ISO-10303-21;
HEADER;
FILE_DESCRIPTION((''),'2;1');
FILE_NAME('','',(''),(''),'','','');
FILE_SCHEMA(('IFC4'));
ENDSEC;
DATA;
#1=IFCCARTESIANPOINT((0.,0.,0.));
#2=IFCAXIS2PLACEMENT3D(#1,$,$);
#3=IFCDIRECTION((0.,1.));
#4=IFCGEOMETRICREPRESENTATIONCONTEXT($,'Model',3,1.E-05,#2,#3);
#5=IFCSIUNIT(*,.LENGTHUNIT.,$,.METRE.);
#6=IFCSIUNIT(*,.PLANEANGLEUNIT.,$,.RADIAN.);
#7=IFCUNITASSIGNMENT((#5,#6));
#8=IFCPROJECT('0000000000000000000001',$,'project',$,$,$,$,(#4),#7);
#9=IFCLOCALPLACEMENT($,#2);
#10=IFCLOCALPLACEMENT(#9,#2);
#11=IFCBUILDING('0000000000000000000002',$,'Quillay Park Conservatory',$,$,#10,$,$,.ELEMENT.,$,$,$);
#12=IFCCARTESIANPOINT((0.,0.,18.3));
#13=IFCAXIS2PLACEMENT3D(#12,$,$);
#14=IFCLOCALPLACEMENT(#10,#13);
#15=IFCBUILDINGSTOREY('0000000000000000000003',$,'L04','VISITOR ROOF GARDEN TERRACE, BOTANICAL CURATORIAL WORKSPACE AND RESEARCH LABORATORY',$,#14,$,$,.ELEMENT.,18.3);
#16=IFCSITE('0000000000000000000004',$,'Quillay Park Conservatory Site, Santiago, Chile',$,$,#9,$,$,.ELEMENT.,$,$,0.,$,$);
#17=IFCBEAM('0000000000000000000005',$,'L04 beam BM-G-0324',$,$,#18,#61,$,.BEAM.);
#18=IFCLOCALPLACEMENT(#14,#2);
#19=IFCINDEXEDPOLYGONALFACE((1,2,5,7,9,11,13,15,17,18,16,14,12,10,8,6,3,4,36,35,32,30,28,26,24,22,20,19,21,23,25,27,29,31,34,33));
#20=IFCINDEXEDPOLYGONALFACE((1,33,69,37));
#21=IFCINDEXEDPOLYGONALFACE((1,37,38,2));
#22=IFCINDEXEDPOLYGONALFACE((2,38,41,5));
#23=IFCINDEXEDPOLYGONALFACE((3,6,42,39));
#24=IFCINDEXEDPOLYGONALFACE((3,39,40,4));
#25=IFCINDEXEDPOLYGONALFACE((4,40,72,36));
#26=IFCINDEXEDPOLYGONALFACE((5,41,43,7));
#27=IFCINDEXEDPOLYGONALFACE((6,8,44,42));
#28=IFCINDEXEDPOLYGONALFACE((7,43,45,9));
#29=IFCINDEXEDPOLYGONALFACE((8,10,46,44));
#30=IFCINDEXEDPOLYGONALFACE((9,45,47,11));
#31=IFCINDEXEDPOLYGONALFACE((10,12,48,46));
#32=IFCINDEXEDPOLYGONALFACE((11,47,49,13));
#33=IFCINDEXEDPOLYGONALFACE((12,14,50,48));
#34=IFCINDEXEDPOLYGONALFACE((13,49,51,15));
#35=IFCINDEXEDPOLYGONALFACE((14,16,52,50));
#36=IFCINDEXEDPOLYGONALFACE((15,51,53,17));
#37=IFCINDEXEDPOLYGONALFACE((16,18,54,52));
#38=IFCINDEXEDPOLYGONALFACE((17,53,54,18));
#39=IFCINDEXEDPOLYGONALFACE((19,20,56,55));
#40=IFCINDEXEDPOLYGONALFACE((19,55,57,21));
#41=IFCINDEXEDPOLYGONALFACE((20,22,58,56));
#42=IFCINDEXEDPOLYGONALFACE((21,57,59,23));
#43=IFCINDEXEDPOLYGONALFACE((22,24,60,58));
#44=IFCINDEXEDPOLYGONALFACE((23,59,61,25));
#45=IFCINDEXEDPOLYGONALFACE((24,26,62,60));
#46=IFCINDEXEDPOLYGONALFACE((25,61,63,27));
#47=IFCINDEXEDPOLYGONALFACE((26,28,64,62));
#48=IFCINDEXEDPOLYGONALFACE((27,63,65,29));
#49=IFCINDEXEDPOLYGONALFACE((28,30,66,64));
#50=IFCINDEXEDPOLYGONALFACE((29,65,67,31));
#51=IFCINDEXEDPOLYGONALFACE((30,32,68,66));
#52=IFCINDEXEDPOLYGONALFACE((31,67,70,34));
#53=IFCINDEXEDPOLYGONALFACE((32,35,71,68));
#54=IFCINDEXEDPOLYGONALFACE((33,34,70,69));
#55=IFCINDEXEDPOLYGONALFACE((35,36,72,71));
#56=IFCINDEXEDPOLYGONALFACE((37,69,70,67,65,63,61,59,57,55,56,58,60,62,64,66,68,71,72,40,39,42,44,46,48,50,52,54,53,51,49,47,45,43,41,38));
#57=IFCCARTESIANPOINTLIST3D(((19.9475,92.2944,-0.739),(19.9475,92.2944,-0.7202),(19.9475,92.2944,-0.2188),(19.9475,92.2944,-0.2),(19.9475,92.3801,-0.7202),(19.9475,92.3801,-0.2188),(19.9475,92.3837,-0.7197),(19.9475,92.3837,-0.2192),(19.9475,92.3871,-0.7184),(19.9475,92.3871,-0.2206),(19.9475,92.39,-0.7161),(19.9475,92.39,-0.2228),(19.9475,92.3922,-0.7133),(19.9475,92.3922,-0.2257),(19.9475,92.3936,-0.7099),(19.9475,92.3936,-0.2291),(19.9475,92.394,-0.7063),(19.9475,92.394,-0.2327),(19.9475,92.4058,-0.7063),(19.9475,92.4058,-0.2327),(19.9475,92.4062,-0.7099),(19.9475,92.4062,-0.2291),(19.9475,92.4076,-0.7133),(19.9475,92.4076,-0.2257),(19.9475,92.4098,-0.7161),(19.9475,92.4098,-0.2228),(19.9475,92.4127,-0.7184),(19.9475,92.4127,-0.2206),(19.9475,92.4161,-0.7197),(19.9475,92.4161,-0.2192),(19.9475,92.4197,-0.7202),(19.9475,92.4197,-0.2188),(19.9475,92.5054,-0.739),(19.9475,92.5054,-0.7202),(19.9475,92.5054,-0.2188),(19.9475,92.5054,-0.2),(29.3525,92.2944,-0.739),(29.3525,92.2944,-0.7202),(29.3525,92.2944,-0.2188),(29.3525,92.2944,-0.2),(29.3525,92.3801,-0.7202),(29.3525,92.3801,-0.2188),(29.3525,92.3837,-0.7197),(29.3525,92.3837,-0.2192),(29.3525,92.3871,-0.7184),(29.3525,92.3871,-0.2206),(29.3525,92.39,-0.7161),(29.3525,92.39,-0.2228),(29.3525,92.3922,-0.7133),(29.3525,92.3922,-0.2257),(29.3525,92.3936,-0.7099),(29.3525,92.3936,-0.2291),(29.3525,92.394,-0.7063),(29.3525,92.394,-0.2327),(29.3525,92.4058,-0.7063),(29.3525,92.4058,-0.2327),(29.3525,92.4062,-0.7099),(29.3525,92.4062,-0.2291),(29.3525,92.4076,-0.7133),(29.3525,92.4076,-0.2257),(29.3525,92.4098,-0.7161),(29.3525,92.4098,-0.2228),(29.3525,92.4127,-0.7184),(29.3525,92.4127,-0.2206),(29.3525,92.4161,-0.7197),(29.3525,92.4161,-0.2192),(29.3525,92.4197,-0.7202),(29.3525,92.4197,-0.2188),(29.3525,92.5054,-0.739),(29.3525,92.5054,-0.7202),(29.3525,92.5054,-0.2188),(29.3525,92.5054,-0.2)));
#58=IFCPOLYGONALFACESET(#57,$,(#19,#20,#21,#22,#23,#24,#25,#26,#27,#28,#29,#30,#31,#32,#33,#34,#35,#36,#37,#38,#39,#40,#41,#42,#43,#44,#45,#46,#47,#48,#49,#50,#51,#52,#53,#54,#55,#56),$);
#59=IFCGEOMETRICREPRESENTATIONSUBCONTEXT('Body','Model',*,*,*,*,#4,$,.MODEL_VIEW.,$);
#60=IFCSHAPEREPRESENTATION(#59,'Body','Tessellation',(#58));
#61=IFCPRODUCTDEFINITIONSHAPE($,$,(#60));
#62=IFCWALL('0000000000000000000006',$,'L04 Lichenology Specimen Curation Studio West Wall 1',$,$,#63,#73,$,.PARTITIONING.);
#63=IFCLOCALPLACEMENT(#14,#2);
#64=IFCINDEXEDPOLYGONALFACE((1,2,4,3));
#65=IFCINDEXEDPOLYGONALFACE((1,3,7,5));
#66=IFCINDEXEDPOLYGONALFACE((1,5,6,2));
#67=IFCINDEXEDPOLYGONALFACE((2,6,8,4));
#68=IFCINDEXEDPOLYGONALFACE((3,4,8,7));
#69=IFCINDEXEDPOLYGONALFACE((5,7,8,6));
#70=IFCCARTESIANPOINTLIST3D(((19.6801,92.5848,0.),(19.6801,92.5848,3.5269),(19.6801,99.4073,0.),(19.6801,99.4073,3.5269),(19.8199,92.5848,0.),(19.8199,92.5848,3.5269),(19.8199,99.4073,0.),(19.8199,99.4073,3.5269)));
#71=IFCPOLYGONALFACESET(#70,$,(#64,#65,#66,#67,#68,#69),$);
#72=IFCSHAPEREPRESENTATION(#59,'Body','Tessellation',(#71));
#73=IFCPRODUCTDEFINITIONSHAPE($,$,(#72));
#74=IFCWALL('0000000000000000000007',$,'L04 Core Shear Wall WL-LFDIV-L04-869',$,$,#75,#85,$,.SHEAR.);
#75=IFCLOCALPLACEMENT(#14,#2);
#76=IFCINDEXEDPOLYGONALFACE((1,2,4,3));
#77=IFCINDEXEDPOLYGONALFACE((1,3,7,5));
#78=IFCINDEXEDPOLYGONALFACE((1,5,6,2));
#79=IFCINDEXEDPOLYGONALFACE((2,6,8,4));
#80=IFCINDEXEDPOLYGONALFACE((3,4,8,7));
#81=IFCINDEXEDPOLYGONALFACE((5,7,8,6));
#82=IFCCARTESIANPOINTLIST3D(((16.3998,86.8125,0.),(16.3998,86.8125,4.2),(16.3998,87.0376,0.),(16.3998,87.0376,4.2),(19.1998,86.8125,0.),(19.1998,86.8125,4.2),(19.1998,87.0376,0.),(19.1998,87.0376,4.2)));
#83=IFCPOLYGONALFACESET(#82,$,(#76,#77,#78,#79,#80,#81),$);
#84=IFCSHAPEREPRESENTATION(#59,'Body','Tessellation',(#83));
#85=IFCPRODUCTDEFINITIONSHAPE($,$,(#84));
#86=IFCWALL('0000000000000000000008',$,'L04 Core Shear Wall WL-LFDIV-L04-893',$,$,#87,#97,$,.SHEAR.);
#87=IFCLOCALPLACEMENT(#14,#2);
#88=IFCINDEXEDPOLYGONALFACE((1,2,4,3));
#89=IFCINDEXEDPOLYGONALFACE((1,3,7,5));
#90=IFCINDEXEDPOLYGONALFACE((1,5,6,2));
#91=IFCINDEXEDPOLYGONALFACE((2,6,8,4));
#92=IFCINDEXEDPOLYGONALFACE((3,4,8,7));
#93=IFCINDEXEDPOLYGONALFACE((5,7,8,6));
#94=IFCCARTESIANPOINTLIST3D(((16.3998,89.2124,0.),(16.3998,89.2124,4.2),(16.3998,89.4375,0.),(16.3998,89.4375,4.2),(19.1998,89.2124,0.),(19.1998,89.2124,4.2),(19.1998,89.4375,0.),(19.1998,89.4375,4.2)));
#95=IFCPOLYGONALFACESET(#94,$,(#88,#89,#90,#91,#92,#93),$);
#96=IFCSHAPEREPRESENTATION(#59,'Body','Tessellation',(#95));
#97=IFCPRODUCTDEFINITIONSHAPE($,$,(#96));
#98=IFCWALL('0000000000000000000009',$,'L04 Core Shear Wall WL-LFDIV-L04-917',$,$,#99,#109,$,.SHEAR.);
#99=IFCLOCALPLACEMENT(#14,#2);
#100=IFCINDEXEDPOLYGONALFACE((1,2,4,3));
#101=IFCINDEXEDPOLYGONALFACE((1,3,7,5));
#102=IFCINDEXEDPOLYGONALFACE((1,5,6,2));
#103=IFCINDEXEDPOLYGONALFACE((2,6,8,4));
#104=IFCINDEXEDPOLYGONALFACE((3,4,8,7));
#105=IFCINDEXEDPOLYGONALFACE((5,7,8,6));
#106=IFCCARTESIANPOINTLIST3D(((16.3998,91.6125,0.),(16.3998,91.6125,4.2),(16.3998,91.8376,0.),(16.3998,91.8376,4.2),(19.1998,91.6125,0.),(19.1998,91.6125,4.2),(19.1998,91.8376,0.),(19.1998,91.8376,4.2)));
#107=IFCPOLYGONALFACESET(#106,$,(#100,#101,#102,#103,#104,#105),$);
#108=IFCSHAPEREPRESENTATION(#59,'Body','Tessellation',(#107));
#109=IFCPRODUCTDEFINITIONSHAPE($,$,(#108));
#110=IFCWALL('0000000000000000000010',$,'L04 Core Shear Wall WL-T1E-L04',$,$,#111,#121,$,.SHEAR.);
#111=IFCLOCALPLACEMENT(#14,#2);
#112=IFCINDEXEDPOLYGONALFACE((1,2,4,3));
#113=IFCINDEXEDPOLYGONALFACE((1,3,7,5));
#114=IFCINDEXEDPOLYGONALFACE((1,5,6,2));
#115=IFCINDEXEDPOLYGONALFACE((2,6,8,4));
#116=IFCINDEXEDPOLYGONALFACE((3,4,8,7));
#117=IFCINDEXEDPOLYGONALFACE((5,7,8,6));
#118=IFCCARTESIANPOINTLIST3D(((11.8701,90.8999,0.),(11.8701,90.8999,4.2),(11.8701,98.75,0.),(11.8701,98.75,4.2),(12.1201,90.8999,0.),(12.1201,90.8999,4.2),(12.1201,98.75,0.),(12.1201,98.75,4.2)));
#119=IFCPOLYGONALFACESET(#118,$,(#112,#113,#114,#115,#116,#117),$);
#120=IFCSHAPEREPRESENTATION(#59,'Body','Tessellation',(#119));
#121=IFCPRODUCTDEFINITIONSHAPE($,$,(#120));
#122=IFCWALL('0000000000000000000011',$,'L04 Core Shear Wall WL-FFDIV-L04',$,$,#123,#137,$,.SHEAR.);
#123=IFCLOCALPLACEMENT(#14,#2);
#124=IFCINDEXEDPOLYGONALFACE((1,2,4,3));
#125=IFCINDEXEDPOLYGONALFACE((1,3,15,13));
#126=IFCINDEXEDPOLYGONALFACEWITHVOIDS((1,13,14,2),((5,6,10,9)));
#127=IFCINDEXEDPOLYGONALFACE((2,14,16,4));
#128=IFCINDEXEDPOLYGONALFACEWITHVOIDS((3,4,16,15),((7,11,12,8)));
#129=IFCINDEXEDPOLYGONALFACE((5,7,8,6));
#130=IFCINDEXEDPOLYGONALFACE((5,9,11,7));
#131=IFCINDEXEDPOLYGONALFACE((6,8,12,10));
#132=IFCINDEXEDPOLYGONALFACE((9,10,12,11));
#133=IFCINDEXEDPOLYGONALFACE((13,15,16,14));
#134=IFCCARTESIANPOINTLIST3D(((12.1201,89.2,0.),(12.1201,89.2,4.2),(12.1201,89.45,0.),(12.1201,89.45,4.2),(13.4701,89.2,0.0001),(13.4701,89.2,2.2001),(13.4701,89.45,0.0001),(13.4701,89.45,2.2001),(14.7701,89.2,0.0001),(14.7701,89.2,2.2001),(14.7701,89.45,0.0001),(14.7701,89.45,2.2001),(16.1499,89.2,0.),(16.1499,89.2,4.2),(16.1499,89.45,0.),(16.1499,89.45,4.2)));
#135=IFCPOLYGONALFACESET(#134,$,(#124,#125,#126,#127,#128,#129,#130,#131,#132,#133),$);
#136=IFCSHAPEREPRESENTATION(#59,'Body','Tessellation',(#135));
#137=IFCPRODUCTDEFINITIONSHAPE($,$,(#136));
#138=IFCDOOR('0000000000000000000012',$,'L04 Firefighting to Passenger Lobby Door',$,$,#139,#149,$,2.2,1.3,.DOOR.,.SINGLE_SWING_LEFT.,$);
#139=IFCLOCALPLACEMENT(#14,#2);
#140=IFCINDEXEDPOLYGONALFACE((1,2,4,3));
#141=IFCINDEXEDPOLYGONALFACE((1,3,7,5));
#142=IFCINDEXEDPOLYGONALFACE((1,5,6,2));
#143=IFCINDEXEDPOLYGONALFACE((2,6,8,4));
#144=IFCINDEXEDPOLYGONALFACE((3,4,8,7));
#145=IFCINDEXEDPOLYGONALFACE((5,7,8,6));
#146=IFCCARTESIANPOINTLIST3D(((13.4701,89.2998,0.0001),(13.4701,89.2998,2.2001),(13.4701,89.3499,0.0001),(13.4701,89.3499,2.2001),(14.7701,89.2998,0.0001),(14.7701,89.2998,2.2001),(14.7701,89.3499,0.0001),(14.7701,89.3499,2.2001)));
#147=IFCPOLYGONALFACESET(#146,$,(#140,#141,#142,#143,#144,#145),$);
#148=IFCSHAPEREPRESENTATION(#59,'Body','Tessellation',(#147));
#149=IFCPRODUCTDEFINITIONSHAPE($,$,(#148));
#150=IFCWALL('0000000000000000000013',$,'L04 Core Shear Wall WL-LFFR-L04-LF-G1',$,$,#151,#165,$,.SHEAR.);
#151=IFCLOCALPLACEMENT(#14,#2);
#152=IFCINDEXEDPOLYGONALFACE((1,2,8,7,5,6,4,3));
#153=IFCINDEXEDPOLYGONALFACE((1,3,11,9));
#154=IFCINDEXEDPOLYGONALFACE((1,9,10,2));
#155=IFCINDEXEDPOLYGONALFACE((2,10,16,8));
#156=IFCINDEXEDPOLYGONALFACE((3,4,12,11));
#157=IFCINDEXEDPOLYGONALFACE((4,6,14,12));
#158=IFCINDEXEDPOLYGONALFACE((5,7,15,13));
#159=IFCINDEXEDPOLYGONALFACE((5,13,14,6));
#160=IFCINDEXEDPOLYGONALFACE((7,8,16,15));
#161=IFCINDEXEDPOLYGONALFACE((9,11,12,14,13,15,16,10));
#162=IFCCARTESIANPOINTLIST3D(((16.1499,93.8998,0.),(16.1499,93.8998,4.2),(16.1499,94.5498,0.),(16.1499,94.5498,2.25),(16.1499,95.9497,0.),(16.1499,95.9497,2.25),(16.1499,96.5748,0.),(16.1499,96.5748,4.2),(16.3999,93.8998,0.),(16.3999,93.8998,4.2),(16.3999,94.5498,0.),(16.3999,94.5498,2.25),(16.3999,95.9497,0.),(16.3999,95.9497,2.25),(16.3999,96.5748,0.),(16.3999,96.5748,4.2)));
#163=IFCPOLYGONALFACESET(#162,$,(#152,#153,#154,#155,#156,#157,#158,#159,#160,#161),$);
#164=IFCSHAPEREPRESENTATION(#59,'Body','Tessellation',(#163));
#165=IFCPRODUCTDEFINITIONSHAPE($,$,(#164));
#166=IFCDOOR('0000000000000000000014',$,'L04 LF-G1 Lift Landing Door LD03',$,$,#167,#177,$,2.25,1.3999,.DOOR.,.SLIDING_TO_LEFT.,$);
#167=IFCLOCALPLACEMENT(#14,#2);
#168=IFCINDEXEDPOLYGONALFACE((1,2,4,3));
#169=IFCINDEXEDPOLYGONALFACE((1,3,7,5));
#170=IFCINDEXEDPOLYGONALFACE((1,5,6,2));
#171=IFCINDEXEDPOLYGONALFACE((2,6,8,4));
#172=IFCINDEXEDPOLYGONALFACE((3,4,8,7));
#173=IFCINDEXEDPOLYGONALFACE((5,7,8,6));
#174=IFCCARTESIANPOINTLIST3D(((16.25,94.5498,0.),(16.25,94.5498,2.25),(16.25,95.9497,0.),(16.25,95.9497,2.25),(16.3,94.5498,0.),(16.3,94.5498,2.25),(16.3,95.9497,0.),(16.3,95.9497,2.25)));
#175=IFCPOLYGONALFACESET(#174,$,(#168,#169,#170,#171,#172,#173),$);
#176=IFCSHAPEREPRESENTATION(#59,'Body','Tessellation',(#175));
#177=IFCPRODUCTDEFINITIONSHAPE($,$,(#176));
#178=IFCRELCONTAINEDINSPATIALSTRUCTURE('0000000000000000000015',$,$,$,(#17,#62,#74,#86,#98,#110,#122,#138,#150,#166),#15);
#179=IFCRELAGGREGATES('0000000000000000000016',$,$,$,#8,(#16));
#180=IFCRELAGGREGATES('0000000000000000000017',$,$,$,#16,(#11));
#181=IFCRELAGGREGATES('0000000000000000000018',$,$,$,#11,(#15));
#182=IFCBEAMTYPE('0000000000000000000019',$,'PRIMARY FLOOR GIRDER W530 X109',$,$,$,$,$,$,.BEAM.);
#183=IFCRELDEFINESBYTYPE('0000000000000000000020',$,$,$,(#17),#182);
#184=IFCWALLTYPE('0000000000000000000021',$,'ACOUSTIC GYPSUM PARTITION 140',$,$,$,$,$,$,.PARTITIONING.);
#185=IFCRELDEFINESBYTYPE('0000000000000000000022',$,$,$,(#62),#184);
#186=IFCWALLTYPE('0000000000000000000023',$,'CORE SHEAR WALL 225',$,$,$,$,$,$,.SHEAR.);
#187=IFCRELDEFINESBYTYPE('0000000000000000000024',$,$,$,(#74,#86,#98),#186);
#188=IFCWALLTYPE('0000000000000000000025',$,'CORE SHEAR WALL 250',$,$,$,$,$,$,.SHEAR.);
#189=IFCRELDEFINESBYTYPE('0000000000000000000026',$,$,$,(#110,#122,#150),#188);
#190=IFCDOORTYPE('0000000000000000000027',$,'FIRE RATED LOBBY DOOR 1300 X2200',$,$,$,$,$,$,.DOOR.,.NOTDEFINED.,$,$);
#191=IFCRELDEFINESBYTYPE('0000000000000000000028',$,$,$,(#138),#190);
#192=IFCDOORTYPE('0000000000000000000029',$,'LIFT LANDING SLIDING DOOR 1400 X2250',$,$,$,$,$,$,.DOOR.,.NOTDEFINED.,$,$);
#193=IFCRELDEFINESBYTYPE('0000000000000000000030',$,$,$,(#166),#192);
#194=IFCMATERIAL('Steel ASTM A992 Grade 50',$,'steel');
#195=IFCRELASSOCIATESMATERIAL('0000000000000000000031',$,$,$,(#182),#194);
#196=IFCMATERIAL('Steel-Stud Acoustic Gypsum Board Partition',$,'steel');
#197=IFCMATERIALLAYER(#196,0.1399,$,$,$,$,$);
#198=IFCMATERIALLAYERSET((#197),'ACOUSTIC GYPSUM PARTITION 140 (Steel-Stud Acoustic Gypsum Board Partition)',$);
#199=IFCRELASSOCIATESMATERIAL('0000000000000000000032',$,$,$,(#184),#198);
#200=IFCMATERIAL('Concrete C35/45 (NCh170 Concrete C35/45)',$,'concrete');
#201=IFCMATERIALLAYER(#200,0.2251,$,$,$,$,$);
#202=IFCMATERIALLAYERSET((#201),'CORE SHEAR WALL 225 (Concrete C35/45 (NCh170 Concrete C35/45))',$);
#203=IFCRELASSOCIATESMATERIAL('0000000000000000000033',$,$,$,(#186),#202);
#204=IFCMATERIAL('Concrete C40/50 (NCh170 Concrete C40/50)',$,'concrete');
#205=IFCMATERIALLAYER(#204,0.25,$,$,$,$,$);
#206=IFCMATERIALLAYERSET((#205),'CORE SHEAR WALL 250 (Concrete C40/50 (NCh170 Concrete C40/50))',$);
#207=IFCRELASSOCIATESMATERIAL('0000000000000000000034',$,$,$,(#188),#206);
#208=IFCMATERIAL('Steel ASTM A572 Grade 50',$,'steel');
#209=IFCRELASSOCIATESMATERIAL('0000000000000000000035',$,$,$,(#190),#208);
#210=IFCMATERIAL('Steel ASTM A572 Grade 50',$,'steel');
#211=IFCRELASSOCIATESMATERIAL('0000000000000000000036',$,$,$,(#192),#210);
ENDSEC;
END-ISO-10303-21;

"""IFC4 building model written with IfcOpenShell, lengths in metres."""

from ifc_helpers import new_model, si_unit, direction, frame, frame_2d, origin, origin_2d, place, context, subcontext, project, spatial, rectangle, i_section, extrude, material, layer, layer_set, material_profile, profile_set, type_object, element, fill, save


model = new_model("IFC4")

# Units and contexts
model_context = context("Model", 3, precision=1e-05, world=origin(), true_north=direction((0.0, 1.0)))
body_context = subcontext(model_context, "Body", "Model", "MODEL_VIEW")
ifc_project = project(units=[si_unit("LENGTHUNIT", "METRE"), si_unit("PLANEANGLEUNIT", "RADIAN")], contexts=[model_context])

# Site, building, storey
site_placement = place(None, origin())
site = spatial("IfcSite", under=ifc_project, at=site_placement, Name="Quillay Park Conservatory Site, Santiago, Chile", CompositionType="ELEMENT", RefElevation=0.0)
building_placement = place(site_placement, origin())
building = spatial("IfcBuilding", under=site, at=building_placement, Name="Quillay Park Conservatory", CompositionType="ELEMENT")
storey_placement = place(building_placement, frame((0.0, 0.0, 18.3)))
storey = spatial("IfcBuildingStorey", under=building, at=storey_placement, Name="L04", Description="VISITOR ROOF GARDEN TERRACE, BOTANICAL CURATORIAL WORKSPACE AND RESEARCH LABORATORY", CompositionType="ELEMENT", Elevation=18.3)

# Beam
ifc_material_1 = material(Name="Steel ASTM A992 Grade 50", Category="steel")
ifc_material_profile_1 = material_profile(ifc_material_1, i_section(OverallWidth=0.2109, OverallDepth=0.5391, WebThickness=0.0117, FlangeThickness=0.0188, FilletRadius=0.0139, at=origin_2d()), Name="W530x109")
ifc_profile_set_1 = profile_set([ifc_material_profile_1], Name="Steel ASTM A992 Grade 50")
beam_type_1 = type_object("IfcBeamType", Name="PRIMARY FLOOR GIRDER W530 X109", PredefinedType="BEAM", material=ifc_profile_set_1)
beam_1_placement = place(storey_placement, frame((19.9475, 92.3999, -0.4695), z_axis=(1.0, 0.0, 0.0), x_axis=(0.0, 1.0, 0.0)))
element("IfcBeam", 1, at=beam_1_placement, inside=storey, type_object=beam_type_1, Name="L04 beam BM-G-0324", PredefinedType="BEAM", context=body_context, shape_type="SweptSolid", body=[
    extrude(i_section(OverallWidth=0.2109, OverallDepth=0.5391, WebThickness=0.0117, FlangeThickness=0.0188, FilletRadius=0.0139, at=origin_2d()), origin(), (0.0, 0.0, 1.0), 9.405),
])

# Walls
ifc_material_2 = material(Name="Steel-Stud Acoustic Gypsum Board Partition", Category="steel")
ifc_layer_1 = layer(ifc_material_2, 0.1399)
ifc_layer_set_1 = layer_set([ifc_layer_1], Name="ACOUSTIC GYPSUM PARTITION 140 (Steel-Stud Acoustic Gypsum Board Partition)")
wall_type_1 = type_object("IfcWallType", Name="ACOUSTIC GYPSUM PARTITION 140", PredefinedType="PARTITIONING", material=ifc_layer_set_1)
wall_1_placement = place(storey_placement, frame((19.75, 92.585, 0.0), z_axis=(0.0, 0.0, 1.0), x_axis=(0.0, 1.0, 0.0)))
element("IfcWall", 2, at=wall_1_placement, inside=storey, type_object=wall_type_1, Name="L04 Lichenology Specimen Curation Studio West Wall 1", PredefinedType="PARTITIONING", context=body_context, shape_type="SweptSolid", body=[
    extrude(rectangle(XDim=6.8225, YDim=0.1399, at=frame_2d((3.4111, 0.0))), origin(), (0.0, 0.0, 1.0), 3.5269),
])
ifc_material_3 = material(Name="Concrete C35/45 (NCh170 Concrete C35/45)", Category="concrete")
ifc_layer_2 = layer(ifc_material_3, 0.2251)
ifc_layer_set_2 = layer_set([ifc_layer_2], Name="CORE SHEAR WALL 225 (Concrete C35/45 (NCh170 Concrete C35/45))")
wall_type_2 = type_object("IfcWallType", Name="CORE SHEAR WALL 225", PredefinedType="SHEAR", material=ifc_layer_set_2)
for number, where, z_axis, x_axis, name in (
    (3, (16.3999, 86.925, 0.0), (0.0, 0.0, 1.0), (1.0, 0.0, 0.0), "L04 Core Shear Wall WL-LFDIV-L04-869"),
    (4, (16.3999, 89.325, 0.0), (0.0, 0.0, 1.0), (1.0, 0.0, 0.0), "L04 Core Shear Wall WL-LFDIV-L04-893"),
    (5, (16.3999, 91.7251, 0.0), (0.0, 0.0, 1.0), (1.0, 0.0, 0.0), "L04 Core Shear Wall WL-LFDIV-L04-917"),
):
    element("IfcWall", number, at=place(storey_placement, frame(where, z_axis=z_axis, x_axis=x_axis)), inside=storey, type_object=wall_type_2, Name=name, PredefinedType="SHEAR", context=body_context, shape_type="SweptSolid", body=[
        extrude(rectangle(XDim=2.8, YDim=0.2251, at=frame_2d((1.3999, 0.0))), origin(), (0.0, 0.0, 1.0), 4.2),
    ])
ifc_material_4 = material(Name="Concrete C40/50 (NCh170 Concrete C40/50)", Category="concrete")
ifc_layer_3 = layer(ifc_material_4, 0.25)
ifc_layer_set_3 = layer_set([ifc_layer_3], Name="CORE SHEAR WALL 250 (Concrete C40/50 (NCh170 Concrete C40/50))")
wall_type_3 = type_object("IfcWallType", Name="CORE SHEAR WALL 250", PredefinedType="SHEAR", material=ifc_layer_set_3)
wall_2_placement = place(storey_placement, frame((11.9951, 90.8999, 0.0), z_axis=(0.0, 0.0, 1.0), x_axis=(0.0, 1.0, 0.0)))
element("IfcWall", 6, at=wall_2_placement, inside=storey, type_object=wall_type_3, Name="L04 Core Shear Wall WL-T1E-L04", PredefinedType="SHEAR", context=body_context, shape_type="SweptSolid", body=[
    extrude(rectangle(XDim=7.8501, YDim=0.25, at=frame_2d((3.925, 0.0))), origin(), (0.0, 0.0, 1.0), 4.2),
])

# Walls, openings, doors
wall_3_placement = place(storey_placement, frame((12.1201, 89.325, 0.0), z_axis=(0.0, 0.0, 1.0), x_axis=(1.0, 0.0, 0.0)))
wall_3 = element("IfcWall", 7, at=wall_3_placement, inside=storey, type_object=wall_type_3, Name="L04 Core Shear Wall WL-FFDIV-L04", PredefinedType="SHEAR", context=body_context, shape_type="SweptSolid", body=[
    extrude(rectangle(XDim=4.0298, YDim=0.25, at=frame_2d((2.0149, 0.0))), origin(), (0.0, 0.0, 1.0), 4.2),
])
opening_1_placement = place(wall_3_placement, frame((1.3501, 0.0, 0.0)))
opening_1 = element("IfcOpeningElement", 8, at=opening_1_placement, cuts=wall_3, PredefinedType="OPENING", context=body_context, shape_type="SweptSolid", body=[
    extrude(rectangle(XDim=1.3, YDim=2.2, at=frame_2d((0.6499, 1.1001))), frame((0.0, 0.125, 0.0), z_axis=(0.0, -1.0, 0.0), x_axis=(1.0, 0.0, 0.0)), (0.0, 0.0, 1.0), 0.25),
])
ifc_material_5 = material(Name="Steel ASTM A572 Grade 50", Category="steel")
door_type_1 = type_object("IfcDoorType", Name="FIRE RATED LOBBY DOOR 1300 X2200", OperationType="NOTDEFINED", PredefinedType="DOOR", material=ifc_material_5)
door_1_placement = place(opening_1_placement, origin())
door_1 = element("IfcDoor", 9, at=door_1_placement, inside=storey, type_object=door_type_1, Name="L04 Firefighting to Passenger Lobby Door", OperationType="SINGLE_SWING_LEFT", OverallHeight=2.2, OverallWidth=1.3, PredefinedType="DOOR", context=body_context, shape_type="SweptSolid", body=[
    extrude(rectangle(XDim=1.3, YDim=2.2, at=frame_2d((0.6499, 1.1001))), frame((0.0, 0.0249, 0.0), z_axis=(0.0, -1.0, 0.0), x_axis=(1.0, 0.0, 0.0)), (0.0, 0.0, 1.0), 0.05),
])
fill(opening_1, door_1)
wall_4_placement = place(storey_placement, frame((16.2749, 93.8999, 0.0), z_axis=(0.0, 0.0, 1.0), x_axis=(0.0, 1.0, 0.0)))
wall_4 = element("IfcWall", 10, at=wall_4_placement, inside=storey, type_object=wall_type_3, Name="L04 Core Shear Wall WL-LFFR-L04-LF-G1", PredefinedType="SHEAR", context=body_context, shape_type="SweptSolid", body=[
    extrude(rectangle(XDim=2.675, YDim=0.25, at=frame_2d((1.3374, 0.0))), origin(), (0.0, 0.0, 1.0), 4.2),
])
opening_2_placement = place(wall_4_placement, frame((0.6499, 0.0, 0.0)))
opening_2 = element("IfcOpeningElement", 11, at=opening_2_placement, cuts=wall_4, PredefinedType="OPENING", context=body_context, shape_type="SweptSolid", body=[
    extrude(rectangle(XDim=1.3999, YDim=2.25, at=frame_2d((0.7, 1.125))), frame((0.0, 0.125, 0.0), z_axis=(0.0, -1.0, 0.0), x_axis=(1.0, 0.0, 0.0)), (0.0, 0.0, 1.0), 0.25),
])
ifc_material_6 = material(Name="Steel ASTM A572 Grade 50", Category="steel")
door_type_2 = type_object("IfcDoorType", Name="LIFT LANDING SLIDING DOOR 1400 X2250", OperationType="NOTDEFINED", PredefinedType="DOOR", material=ifc_material_6)
door_2_placement = place(opening_2_placement, origin())
door_2 = element("IfcDoor", 12, at=door_2_placement, inside=storey, type_object=door_type_2, Name="L04 LF-G1 Lift Landing Door LD03", OperationType="SLIDING_TO_LEFT", OverallHeight=2.25, OverallWidth=1.3999, PredefinedType="DOOR", context=body_context, shape_type="SweptSolid", body=[
    extrude(rectangle(XDim=1.3999, YDim=2.25, at=frame_2d((0.7, 1.125))), frame((0.0, 0.0249, 0.0), z_axis=(0.0, -1.0, 0.0), x_axis=(1.0, 0.0, 0.0)), (0.0, 0.0, 1.0), 0.05),
])
fill(opening_2, door_2)

save(model, "model.ifc")
